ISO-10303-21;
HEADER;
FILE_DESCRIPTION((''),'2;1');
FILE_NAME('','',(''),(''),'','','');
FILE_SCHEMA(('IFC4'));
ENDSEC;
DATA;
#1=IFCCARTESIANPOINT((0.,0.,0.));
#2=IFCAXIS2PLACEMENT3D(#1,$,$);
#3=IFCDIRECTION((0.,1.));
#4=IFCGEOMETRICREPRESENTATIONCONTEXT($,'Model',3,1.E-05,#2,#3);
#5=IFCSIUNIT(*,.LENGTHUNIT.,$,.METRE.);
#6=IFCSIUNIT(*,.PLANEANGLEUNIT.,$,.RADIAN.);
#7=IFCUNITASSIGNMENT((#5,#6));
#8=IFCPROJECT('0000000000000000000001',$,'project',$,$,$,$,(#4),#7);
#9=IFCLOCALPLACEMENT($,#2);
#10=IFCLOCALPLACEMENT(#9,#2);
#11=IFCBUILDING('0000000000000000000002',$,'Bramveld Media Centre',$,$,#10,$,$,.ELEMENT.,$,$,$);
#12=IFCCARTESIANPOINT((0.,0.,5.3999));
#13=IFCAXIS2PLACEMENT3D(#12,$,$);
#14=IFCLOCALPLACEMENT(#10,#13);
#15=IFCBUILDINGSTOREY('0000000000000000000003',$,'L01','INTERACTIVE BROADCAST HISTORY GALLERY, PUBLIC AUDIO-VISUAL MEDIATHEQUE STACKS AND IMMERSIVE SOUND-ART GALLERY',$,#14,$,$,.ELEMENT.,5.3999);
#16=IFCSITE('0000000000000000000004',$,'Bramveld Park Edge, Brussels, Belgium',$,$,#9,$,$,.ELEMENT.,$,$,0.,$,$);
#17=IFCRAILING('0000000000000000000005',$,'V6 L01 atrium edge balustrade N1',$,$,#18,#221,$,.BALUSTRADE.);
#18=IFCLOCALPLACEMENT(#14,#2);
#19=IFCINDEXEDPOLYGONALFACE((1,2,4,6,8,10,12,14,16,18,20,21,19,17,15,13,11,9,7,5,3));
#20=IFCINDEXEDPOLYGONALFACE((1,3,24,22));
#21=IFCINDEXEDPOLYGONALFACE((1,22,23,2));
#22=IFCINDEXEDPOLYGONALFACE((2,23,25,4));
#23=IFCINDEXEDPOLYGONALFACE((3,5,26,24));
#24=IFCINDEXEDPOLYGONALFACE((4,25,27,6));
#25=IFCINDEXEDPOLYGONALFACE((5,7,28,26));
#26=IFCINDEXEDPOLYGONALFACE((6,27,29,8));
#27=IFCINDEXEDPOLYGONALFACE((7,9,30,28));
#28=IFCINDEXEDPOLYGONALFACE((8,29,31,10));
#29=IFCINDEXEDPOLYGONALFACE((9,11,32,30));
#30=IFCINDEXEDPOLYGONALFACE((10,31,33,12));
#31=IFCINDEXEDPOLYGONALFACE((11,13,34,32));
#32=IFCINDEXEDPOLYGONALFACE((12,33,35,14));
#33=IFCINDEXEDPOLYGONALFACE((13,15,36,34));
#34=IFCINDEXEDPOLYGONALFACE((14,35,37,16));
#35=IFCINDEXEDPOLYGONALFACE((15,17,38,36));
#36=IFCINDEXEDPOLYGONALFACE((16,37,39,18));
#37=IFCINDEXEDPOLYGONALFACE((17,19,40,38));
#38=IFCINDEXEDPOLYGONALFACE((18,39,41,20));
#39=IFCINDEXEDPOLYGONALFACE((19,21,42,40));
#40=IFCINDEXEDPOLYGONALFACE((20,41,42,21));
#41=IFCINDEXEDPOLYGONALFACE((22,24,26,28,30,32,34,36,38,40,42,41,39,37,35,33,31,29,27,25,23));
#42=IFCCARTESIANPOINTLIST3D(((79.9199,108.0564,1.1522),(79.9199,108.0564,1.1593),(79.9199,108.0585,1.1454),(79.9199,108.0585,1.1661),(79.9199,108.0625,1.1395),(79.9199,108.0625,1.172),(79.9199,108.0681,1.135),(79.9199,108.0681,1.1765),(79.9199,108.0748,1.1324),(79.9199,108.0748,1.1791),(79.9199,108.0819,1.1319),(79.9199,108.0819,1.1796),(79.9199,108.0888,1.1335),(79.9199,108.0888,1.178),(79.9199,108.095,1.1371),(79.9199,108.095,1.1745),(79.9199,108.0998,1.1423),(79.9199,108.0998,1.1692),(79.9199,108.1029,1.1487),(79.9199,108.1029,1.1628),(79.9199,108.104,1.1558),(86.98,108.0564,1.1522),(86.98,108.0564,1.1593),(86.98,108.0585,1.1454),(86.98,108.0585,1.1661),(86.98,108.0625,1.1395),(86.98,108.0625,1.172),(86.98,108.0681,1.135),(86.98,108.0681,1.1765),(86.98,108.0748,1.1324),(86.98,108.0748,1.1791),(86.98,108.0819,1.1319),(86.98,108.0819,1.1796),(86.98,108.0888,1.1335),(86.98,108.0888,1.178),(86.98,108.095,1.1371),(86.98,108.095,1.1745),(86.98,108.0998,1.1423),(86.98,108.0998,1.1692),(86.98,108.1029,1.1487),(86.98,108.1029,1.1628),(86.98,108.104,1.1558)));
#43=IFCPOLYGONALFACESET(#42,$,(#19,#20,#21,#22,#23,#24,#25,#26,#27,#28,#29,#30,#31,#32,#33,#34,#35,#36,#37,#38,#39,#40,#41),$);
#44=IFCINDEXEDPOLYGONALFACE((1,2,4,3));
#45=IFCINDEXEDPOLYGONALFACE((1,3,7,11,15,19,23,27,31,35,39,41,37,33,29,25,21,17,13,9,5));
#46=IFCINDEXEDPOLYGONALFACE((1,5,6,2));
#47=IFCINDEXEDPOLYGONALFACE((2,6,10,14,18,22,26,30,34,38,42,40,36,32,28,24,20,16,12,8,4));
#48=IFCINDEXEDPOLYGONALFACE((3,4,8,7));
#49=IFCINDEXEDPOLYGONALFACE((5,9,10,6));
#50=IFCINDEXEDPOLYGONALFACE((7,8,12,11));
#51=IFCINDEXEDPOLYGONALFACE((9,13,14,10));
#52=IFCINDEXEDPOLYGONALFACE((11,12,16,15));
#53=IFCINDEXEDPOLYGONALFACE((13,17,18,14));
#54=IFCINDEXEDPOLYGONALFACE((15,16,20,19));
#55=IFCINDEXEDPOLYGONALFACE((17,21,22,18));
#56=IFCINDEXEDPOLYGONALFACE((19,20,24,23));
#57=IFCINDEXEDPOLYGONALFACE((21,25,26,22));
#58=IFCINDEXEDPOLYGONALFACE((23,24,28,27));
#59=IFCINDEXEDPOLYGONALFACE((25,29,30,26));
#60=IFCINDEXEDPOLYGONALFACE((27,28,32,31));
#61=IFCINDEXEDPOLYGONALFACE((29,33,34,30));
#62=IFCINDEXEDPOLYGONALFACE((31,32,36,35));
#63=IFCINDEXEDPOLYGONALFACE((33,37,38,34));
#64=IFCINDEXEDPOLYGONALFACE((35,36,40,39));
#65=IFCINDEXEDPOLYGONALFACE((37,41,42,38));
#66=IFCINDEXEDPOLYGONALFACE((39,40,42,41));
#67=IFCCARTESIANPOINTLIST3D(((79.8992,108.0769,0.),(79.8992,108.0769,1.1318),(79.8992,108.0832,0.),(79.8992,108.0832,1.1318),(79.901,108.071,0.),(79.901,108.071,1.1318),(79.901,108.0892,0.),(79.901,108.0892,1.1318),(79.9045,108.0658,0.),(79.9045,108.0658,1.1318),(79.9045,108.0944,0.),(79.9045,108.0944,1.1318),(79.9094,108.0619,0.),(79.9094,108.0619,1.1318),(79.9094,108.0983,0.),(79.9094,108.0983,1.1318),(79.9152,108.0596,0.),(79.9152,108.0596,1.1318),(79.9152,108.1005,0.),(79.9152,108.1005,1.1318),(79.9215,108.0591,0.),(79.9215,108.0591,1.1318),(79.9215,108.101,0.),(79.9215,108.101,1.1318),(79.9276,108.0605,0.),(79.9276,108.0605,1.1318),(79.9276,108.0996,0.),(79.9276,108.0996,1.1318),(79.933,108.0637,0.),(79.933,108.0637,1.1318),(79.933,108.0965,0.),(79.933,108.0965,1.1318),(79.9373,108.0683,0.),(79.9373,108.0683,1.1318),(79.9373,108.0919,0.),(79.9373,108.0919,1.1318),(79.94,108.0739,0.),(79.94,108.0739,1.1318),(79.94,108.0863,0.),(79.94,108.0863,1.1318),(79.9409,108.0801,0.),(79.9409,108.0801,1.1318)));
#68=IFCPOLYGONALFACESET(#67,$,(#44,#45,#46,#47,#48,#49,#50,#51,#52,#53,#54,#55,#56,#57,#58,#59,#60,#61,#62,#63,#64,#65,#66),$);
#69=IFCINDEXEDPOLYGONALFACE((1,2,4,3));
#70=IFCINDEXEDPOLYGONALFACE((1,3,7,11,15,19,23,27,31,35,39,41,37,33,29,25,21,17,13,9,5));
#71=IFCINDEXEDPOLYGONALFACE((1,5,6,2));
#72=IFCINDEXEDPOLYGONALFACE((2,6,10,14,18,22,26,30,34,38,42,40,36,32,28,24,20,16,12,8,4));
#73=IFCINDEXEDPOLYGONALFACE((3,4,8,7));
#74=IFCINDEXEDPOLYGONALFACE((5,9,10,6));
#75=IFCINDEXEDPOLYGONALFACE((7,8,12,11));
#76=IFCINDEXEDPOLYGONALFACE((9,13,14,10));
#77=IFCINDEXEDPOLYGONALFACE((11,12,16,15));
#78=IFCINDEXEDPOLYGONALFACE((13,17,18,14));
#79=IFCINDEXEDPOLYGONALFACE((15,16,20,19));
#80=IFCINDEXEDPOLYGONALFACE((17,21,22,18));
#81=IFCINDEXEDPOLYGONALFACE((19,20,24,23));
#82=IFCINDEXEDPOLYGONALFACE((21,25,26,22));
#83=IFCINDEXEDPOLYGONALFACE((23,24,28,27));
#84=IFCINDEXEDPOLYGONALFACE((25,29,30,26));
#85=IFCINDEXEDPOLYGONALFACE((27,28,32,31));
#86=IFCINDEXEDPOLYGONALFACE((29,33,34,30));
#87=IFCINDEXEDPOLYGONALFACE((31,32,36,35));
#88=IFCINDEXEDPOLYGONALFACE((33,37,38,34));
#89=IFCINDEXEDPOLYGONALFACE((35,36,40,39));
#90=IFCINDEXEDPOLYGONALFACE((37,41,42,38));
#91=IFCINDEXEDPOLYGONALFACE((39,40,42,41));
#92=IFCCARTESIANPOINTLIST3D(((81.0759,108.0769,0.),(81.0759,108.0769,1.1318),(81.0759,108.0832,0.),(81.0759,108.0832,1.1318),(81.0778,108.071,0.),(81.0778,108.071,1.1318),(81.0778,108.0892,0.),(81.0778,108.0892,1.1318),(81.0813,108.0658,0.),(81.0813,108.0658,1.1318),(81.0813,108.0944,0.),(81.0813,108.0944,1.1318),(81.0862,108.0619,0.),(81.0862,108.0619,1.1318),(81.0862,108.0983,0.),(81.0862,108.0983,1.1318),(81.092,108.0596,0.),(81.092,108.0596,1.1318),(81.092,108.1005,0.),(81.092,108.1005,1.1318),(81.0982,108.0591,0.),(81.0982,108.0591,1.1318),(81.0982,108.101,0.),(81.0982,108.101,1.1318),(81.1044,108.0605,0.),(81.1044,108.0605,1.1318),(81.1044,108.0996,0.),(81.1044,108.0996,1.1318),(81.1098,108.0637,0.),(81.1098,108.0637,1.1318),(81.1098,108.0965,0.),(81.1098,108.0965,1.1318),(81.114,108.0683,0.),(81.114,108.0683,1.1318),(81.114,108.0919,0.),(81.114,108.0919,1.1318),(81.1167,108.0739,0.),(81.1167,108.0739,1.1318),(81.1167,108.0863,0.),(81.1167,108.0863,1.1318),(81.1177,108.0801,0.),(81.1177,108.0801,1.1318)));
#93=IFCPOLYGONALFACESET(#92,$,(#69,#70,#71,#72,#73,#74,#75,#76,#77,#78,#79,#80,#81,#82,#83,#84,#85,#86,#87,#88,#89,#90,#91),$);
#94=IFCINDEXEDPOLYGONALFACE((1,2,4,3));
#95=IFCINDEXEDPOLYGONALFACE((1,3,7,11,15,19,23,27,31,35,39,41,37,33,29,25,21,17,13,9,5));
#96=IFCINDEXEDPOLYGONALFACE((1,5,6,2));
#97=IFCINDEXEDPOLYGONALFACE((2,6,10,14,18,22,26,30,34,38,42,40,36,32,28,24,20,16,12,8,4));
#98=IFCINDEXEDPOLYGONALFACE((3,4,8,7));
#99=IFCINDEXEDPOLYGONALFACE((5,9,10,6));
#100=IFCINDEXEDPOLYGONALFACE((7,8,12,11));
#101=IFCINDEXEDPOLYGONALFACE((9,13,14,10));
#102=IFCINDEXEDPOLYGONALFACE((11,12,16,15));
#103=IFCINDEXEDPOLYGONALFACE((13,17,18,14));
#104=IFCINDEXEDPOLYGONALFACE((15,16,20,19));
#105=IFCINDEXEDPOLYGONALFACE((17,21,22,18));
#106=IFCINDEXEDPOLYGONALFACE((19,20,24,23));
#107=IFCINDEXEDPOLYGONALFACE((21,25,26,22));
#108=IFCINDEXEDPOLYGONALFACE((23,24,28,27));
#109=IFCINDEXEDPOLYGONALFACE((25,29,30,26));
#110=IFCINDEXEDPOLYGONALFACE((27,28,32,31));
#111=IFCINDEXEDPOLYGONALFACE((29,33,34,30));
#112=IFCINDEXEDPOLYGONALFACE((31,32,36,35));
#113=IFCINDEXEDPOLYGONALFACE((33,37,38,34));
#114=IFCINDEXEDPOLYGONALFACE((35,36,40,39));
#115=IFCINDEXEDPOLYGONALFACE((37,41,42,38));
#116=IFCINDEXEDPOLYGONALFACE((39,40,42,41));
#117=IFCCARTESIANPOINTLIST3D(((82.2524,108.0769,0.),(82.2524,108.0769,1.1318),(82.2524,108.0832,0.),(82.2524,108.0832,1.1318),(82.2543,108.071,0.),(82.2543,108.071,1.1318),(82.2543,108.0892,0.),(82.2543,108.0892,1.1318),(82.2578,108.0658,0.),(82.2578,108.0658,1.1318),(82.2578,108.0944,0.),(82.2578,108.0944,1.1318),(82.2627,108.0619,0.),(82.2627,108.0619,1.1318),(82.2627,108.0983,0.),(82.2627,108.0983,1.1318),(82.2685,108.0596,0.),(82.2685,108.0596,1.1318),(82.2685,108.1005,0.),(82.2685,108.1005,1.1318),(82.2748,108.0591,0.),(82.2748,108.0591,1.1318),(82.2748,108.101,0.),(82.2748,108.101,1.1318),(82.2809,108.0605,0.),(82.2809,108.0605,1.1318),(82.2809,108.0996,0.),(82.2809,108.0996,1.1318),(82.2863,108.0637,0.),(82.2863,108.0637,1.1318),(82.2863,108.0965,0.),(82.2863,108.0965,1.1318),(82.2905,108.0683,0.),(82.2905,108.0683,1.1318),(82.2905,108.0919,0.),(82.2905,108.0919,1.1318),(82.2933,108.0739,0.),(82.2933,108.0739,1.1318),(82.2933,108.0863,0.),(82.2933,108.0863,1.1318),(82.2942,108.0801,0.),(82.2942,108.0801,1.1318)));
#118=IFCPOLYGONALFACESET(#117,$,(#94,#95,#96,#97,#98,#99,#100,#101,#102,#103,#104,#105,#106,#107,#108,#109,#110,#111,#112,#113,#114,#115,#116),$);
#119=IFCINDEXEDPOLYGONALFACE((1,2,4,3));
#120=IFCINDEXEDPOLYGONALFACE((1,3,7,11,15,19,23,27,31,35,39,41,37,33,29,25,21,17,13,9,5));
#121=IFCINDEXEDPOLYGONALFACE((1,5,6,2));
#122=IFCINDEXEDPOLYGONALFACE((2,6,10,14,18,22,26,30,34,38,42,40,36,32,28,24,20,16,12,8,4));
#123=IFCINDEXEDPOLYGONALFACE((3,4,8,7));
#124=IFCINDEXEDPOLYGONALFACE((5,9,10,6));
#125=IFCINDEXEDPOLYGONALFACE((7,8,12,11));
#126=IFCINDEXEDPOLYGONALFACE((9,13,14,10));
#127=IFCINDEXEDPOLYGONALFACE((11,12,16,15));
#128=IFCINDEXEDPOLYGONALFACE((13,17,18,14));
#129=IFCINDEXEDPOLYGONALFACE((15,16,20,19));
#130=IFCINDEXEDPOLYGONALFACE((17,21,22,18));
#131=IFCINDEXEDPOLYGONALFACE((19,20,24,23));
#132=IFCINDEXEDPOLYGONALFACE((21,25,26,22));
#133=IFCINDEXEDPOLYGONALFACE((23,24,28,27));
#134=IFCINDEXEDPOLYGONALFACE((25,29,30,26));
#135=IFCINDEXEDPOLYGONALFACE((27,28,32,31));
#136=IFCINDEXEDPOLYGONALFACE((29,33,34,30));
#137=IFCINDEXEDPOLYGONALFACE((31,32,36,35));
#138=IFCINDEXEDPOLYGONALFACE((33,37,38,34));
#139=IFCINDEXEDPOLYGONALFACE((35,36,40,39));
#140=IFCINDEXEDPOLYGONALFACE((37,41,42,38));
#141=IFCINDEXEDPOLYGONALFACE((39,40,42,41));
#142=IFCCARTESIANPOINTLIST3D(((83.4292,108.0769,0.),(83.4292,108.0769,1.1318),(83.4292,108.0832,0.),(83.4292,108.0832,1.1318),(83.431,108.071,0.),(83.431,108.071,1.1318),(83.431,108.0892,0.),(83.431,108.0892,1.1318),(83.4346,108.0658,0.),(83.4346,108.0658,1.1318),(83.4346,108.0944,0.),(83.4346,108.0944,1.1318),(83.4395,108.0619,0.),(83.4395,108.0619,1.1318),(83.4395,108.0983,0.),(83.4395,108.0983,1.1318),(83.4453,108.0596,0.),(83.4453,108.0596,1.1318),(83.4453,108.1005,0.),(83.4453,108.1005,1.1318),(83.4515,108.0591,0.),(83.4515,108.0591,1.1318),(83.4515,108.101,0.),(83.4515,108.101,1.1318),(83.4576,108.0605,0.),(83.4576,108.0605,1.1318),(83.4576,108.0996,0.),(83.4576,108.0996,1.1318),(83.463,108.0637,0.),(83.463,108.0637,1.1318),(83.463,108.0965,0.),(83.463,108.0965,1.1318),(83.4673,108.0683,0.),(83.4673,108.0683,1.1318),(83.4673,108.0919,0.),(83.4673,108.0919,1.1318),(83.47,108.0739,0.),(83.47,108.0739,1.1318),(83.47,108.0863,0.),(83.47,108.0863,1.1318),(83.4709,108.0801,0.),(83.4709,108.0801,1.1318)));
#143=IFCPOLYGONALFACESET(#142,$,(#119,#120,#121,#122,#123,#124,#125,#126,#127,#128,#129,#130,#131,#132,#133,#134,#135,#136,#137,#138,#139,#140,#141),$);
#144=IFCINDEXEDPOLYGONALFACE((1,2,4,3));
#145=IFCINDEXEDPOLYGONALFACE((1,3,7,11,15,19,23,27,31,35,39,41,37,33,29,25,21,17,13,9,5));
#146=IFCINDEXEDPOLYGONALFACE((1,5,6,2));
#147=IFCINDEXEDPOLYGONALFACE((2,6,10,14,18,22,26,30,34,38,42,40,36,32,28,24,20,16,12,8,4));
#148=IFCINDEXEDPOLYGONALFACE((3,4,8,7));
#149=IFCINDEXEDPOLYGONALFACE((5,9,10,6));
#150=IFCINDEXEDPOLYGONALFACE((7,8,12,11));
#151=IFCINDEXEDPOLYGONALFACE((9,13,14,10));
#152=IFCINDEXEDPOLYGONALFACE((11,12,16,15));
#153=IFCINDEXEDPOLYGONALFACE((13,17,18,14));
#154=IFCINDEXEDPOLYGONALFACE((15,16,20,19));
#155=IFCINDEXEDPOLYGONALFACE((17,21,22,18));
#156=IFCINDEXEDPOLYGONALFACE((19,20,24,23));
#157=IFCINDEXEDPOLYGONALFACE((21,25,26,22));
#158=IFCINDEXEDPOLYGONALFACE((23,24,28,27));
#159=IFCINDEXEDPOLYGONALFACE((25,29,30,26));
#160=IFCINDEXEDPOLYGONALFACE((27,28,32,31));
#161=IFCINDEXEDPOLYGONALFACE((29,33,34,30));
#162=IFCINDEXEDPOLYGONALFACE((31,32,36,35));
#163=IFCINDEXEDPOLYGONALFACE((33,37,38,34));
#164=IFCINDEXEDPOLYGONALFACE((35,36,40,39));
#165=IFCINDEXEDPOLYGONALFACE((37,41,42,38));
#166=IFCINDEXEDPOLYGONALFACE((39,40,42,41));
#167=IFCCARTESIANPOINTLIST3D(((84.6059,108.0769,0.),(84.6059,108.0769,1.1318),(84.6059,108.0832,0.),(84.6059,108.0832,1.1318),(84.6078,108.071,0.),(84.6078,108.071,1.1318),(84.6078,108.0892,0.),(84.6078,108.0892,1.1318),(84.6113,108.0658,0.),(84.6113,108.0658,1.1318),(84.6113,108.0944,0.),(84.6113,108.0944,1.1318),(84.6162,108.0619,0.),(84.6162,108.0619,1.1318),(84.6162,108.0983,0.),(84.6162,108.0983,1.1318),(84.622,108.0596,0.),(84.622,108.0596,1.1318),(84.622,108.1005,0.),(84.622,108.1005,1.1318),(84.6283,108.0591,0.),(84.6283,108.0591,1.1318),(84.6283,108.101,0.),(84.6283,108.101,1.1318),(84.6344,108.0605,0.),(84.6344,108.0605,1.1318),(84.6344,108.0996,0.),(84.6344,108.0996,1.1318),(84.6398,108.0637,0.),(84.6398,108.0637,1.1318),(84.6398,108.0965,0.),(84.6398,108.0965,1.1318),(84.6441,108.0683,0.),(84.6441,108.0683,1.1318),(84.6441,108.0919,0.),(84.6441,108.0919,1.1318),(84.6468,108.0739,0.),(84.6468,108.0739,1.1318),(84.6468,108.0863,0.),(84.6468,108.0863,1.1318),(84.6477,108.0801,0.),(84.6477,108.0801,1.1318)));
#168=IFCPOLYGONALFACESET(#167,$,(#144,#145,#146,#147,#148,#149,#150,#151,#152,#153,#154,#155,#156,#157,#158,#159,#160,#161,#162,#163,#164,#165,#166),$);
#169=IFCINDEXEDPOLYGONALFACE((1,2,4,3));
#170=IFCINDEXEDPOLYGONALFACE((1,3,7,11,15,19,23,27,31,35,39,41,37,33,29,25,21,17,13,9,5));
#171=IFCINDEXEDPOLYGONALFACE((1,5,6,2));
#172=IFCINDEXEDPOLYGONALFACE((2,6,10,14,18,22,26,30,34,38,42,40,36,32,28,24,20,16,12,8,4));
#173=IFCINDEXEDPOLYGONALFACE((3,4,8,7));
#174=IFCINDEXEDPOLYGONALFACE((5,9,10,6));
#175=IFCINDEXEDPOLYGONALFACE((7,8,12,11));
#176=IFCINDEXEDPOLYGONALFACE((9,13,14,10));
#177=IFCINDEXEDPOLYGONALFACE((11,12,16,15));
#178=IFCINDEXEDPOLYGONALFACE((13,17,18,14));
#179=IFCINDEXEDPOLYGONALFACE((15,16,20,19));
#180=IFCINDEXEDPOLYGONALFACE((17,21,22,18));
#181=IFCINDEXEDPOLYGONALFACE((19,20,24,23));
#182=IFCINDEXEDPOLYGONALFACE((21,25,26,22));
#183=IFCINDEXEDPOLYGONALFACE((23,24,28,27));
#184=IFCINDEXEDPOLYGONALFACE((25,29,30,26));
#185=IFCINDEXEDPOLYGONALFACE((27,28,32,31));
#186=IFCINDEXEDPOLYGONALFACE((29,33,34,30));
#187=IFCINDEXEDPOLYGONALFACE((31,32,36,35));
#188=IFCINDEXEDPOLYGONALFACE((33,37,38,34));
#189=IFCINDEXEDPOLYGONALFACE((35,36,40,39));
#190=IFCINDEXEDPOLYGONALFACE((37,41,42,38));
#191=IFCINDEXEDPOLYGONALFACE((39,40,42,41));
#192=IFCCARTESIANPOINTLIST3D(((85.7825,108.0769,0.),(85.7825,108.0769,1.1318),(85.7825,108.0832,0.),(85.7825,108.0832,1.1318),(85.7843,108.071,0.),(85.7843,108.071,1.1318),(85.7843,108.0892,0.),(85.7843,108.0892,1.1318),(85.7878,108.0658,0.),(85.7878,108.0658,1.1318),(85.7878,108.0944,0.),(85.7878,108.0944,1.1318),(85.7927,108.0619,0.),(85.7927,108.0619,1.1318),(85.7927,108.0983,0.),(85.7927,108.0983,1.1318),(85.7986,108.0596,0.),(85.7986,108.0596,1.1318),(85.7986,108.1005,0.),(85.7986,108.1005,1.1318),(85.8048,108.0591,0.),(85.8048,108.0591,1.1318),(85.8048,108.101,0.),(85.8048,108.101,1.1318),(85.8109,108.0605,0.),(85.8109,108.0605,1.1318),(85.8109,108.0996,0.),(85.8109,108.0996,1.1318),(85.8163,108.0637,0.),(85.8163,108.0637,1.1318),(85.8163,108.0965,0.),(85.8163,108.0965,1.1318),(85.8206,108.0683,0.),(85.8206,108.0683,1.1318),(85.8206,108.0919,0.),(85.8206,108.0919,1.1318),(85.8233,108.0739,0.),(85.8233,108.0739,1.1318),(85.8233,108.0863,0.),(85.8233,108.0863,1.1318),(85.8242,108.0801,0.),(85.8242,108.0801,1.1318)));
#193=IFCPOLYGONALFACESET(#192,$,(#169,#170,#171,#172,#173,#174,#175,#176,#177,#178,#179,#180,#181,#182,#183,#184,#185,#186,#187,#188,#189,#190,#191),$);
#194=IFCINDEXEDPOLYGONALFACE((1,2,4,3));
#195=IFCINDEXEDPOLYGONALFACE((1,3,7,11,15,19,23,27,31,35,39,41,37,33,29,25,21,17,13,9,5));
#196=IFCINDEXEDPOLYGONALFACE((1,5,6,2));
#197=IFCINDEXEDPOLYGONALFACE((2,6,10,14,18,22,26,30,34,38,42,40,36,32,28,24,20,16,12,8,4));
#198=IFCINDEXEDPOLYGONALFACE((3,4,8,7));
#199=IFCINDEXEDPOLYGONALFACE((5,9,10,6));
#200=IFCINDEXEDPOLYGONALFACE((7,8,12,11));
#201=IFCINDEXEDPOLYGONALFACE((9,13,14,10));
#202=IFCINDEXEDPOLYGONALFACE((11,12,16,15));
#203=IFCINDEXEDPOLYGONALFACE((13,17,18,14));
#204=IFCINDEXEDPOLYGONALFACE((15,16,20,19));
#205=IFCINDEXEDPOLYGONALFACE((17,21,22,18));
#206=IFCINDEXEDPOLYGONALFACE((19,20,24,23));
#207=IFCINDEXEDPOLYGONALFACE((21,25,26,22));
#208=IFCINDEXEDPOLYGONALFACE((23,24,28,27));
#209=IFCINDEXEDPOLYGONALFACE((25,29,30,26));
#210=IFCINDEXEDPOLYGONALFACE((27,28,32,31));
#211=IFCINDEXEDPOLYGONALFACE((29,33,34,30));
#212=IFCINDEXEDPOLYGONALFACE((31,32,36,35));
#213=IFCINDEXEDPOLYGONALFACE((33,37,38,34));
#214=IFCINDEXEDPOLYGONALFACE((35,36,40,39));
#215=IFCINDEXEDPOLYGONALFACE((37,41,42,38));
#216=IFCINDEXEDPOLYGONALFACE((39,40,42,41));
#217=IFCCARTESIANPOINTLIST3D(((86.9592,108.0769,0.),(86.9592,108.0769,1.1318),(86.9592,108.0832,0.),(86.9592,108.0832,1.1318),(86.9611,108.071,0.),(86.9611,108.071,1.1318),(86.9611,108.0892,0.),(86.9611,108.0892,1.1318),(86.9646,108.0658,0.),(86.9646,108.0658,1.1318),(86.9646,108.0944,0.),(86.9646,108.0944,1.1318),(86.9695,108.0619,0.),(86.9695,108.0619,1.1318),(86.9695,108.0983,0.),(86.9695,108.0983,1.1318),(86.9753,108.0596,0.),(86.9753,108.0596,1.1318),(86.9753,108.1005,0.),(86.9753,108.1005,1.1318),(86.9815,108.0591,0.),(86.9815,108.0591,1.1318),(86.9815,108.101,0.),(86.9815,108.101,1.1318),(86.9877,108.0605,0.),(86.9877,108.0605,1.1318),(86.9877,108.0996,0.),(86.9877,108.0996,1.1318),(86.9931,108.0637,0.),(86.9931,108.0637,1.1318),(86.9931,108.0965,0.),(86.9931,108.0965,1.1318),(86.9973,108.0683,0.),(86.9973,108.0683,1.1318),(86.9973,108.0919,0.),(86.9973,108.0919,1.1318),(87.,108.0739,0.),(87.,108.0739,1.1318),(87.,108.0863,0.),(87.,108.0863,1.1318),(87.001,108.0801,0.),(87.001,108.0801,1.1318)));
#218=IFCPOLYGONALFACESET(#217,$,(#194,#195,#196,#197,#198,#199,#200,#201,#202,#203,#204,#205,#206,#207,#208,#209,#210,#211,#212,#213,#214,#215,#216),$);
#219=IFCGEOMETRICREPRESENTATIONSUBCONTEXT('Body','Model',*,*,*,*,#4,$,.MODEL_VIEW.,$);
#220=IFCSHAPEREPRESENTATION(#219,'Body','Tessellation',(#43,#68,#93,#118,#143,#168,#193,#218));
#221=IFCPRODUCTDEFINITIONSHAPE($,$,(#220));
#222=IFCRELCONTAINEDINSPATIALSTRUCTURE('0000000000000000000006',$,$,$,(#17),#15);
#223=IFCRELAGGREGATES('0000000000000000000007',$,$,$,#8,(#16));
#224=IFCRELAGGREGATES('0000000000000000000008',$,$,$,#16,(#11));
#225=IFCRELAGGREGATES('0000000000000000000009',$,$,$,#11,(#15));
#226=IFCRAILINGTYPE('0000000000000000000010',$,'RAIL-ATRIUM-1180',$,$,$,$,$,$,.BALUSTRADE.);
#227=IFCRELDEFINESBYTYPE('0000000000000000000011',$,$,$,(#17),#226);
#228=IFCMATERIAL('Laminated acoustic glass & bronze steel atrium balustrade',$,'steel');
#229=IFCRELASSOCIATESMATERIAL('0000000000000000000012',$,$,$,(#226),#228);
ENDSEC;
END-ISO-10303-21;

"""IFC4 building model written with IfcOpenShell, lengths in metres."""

from ifc_helpers import new_model, si_unit, direction, frame, origin, origin_2d, place, context, subcontext, project, spatial, circle, extrude, material, type_object, element, save


model = new_model("IFC4")

# Units and contexts
model_context = context("Model", 3, precision=1e-05, world=origin(), true_north=direction((0.0, 1.0)))
body_context = subcontext(model_context, "Body", "Model", "MODEL_VIEW")
ifc_project = project(units=[si_unit("LENGTHUNIT", "METRE"), si_unit("PLANEANGLEUNIT", "RADIAN")], contexts=[model_context])

# Site, building, storey
site_placement = place(None, origin())
site = spatial("IfcSite", under=ifc_project, at=site_placement, Name="Bramveld Park Edge, Brussels, Belgium", CompositionType="ELEMENT", RefElevation=0.0)
building_placement = place(site_placement, origin())
building = spatial("IfcBuilding", under=site, at=building_placement, Name="Bramveld Media Centre", CompositionType="ELEMENT")
storey_placement = place(building_placement, frame((0.0, 0.0, 5.3999)))
storey = spatial("IfcBuildingStorey", under=building, at=storey_placement, Name="L01", Description="INTERACTIVE BROADCAST HISTORY GALLERY, PUBLIC AUDIO-VISUAL MEDIATHEQUE STACKS AND IMMERSIVE SOUND-ART GALLERY", CompositionType="ELEMENT", Elevation=5.3999)

# Railing
ifc_material_1 = material(Name="Laminated acoustic glass & bronze steel atrium balustrade", Category="steel")
railing_type = type_object("IfcRailingType", Name="RAIL-ATRIUM-1180", PredefinedType="BALUSTRADE", material=ifc_material_1)
railing_placement = place(storey_placement, frame((79.9199, 108.0801, 0.0)))
element("IfcRailing", 1, at=railing_placement, inside=storey, type_object=railing_type, Name="V6 L01 atrium edge balustrade N1", PredefinedType="BALUSTRADE", context=body_context, shape_type="SweptSolid", body=[
    extrude(circle(Radius=0.0239, at=origin_2d()), frame((0.0, 0.0, 1.1558), z_axis=(1.0, 0.0, 0.0), x_axis=(0.0, 1.0, 0.0)), (0.0, 0.0, 1.0), 7.0601),
    extrude(circle(Radius=0.021, at=origin_2d()), origin(), (0.0, 0.0, 1.0), 1.1318),
    extrude(circle(Radius=0.021, at=origin_2d()), frame((1.1768, 0.0, 0.0)), (0.0, 0.0, 1.0), 1.1318),
    extrude(circle(Radius=0.021, at=origin_2d()), frame((2.3533, 0.0, 0.0)), (0.0, 0.0, 1.0), 1.1318),
    extrude(circle(Radius=0.021, at=origin_2d()), frame((3.53, 0.0, 0.0)), (0.0, 0.0, 1.0), 1.1318),
    extrude(circle(Radius=0.021, at=origin_2d()), frame((4.7068, 0.0, 0.0)), (0.0, 0.0, 1.0), 1.1318),
    extrude(circle(Radius=0.021, at=origin_2d()), frame((5.8833, 0.0, 0.0)), (0.0, 0.0, 1.0), 1.1318),
    extrude(circle(Radius=0.021, at=origin_2d()), frame((7.0601, 0.0, 0.0)), (0.0, 0.0, 1.0), 1.1318),
])

save(model, "model.ifc")
